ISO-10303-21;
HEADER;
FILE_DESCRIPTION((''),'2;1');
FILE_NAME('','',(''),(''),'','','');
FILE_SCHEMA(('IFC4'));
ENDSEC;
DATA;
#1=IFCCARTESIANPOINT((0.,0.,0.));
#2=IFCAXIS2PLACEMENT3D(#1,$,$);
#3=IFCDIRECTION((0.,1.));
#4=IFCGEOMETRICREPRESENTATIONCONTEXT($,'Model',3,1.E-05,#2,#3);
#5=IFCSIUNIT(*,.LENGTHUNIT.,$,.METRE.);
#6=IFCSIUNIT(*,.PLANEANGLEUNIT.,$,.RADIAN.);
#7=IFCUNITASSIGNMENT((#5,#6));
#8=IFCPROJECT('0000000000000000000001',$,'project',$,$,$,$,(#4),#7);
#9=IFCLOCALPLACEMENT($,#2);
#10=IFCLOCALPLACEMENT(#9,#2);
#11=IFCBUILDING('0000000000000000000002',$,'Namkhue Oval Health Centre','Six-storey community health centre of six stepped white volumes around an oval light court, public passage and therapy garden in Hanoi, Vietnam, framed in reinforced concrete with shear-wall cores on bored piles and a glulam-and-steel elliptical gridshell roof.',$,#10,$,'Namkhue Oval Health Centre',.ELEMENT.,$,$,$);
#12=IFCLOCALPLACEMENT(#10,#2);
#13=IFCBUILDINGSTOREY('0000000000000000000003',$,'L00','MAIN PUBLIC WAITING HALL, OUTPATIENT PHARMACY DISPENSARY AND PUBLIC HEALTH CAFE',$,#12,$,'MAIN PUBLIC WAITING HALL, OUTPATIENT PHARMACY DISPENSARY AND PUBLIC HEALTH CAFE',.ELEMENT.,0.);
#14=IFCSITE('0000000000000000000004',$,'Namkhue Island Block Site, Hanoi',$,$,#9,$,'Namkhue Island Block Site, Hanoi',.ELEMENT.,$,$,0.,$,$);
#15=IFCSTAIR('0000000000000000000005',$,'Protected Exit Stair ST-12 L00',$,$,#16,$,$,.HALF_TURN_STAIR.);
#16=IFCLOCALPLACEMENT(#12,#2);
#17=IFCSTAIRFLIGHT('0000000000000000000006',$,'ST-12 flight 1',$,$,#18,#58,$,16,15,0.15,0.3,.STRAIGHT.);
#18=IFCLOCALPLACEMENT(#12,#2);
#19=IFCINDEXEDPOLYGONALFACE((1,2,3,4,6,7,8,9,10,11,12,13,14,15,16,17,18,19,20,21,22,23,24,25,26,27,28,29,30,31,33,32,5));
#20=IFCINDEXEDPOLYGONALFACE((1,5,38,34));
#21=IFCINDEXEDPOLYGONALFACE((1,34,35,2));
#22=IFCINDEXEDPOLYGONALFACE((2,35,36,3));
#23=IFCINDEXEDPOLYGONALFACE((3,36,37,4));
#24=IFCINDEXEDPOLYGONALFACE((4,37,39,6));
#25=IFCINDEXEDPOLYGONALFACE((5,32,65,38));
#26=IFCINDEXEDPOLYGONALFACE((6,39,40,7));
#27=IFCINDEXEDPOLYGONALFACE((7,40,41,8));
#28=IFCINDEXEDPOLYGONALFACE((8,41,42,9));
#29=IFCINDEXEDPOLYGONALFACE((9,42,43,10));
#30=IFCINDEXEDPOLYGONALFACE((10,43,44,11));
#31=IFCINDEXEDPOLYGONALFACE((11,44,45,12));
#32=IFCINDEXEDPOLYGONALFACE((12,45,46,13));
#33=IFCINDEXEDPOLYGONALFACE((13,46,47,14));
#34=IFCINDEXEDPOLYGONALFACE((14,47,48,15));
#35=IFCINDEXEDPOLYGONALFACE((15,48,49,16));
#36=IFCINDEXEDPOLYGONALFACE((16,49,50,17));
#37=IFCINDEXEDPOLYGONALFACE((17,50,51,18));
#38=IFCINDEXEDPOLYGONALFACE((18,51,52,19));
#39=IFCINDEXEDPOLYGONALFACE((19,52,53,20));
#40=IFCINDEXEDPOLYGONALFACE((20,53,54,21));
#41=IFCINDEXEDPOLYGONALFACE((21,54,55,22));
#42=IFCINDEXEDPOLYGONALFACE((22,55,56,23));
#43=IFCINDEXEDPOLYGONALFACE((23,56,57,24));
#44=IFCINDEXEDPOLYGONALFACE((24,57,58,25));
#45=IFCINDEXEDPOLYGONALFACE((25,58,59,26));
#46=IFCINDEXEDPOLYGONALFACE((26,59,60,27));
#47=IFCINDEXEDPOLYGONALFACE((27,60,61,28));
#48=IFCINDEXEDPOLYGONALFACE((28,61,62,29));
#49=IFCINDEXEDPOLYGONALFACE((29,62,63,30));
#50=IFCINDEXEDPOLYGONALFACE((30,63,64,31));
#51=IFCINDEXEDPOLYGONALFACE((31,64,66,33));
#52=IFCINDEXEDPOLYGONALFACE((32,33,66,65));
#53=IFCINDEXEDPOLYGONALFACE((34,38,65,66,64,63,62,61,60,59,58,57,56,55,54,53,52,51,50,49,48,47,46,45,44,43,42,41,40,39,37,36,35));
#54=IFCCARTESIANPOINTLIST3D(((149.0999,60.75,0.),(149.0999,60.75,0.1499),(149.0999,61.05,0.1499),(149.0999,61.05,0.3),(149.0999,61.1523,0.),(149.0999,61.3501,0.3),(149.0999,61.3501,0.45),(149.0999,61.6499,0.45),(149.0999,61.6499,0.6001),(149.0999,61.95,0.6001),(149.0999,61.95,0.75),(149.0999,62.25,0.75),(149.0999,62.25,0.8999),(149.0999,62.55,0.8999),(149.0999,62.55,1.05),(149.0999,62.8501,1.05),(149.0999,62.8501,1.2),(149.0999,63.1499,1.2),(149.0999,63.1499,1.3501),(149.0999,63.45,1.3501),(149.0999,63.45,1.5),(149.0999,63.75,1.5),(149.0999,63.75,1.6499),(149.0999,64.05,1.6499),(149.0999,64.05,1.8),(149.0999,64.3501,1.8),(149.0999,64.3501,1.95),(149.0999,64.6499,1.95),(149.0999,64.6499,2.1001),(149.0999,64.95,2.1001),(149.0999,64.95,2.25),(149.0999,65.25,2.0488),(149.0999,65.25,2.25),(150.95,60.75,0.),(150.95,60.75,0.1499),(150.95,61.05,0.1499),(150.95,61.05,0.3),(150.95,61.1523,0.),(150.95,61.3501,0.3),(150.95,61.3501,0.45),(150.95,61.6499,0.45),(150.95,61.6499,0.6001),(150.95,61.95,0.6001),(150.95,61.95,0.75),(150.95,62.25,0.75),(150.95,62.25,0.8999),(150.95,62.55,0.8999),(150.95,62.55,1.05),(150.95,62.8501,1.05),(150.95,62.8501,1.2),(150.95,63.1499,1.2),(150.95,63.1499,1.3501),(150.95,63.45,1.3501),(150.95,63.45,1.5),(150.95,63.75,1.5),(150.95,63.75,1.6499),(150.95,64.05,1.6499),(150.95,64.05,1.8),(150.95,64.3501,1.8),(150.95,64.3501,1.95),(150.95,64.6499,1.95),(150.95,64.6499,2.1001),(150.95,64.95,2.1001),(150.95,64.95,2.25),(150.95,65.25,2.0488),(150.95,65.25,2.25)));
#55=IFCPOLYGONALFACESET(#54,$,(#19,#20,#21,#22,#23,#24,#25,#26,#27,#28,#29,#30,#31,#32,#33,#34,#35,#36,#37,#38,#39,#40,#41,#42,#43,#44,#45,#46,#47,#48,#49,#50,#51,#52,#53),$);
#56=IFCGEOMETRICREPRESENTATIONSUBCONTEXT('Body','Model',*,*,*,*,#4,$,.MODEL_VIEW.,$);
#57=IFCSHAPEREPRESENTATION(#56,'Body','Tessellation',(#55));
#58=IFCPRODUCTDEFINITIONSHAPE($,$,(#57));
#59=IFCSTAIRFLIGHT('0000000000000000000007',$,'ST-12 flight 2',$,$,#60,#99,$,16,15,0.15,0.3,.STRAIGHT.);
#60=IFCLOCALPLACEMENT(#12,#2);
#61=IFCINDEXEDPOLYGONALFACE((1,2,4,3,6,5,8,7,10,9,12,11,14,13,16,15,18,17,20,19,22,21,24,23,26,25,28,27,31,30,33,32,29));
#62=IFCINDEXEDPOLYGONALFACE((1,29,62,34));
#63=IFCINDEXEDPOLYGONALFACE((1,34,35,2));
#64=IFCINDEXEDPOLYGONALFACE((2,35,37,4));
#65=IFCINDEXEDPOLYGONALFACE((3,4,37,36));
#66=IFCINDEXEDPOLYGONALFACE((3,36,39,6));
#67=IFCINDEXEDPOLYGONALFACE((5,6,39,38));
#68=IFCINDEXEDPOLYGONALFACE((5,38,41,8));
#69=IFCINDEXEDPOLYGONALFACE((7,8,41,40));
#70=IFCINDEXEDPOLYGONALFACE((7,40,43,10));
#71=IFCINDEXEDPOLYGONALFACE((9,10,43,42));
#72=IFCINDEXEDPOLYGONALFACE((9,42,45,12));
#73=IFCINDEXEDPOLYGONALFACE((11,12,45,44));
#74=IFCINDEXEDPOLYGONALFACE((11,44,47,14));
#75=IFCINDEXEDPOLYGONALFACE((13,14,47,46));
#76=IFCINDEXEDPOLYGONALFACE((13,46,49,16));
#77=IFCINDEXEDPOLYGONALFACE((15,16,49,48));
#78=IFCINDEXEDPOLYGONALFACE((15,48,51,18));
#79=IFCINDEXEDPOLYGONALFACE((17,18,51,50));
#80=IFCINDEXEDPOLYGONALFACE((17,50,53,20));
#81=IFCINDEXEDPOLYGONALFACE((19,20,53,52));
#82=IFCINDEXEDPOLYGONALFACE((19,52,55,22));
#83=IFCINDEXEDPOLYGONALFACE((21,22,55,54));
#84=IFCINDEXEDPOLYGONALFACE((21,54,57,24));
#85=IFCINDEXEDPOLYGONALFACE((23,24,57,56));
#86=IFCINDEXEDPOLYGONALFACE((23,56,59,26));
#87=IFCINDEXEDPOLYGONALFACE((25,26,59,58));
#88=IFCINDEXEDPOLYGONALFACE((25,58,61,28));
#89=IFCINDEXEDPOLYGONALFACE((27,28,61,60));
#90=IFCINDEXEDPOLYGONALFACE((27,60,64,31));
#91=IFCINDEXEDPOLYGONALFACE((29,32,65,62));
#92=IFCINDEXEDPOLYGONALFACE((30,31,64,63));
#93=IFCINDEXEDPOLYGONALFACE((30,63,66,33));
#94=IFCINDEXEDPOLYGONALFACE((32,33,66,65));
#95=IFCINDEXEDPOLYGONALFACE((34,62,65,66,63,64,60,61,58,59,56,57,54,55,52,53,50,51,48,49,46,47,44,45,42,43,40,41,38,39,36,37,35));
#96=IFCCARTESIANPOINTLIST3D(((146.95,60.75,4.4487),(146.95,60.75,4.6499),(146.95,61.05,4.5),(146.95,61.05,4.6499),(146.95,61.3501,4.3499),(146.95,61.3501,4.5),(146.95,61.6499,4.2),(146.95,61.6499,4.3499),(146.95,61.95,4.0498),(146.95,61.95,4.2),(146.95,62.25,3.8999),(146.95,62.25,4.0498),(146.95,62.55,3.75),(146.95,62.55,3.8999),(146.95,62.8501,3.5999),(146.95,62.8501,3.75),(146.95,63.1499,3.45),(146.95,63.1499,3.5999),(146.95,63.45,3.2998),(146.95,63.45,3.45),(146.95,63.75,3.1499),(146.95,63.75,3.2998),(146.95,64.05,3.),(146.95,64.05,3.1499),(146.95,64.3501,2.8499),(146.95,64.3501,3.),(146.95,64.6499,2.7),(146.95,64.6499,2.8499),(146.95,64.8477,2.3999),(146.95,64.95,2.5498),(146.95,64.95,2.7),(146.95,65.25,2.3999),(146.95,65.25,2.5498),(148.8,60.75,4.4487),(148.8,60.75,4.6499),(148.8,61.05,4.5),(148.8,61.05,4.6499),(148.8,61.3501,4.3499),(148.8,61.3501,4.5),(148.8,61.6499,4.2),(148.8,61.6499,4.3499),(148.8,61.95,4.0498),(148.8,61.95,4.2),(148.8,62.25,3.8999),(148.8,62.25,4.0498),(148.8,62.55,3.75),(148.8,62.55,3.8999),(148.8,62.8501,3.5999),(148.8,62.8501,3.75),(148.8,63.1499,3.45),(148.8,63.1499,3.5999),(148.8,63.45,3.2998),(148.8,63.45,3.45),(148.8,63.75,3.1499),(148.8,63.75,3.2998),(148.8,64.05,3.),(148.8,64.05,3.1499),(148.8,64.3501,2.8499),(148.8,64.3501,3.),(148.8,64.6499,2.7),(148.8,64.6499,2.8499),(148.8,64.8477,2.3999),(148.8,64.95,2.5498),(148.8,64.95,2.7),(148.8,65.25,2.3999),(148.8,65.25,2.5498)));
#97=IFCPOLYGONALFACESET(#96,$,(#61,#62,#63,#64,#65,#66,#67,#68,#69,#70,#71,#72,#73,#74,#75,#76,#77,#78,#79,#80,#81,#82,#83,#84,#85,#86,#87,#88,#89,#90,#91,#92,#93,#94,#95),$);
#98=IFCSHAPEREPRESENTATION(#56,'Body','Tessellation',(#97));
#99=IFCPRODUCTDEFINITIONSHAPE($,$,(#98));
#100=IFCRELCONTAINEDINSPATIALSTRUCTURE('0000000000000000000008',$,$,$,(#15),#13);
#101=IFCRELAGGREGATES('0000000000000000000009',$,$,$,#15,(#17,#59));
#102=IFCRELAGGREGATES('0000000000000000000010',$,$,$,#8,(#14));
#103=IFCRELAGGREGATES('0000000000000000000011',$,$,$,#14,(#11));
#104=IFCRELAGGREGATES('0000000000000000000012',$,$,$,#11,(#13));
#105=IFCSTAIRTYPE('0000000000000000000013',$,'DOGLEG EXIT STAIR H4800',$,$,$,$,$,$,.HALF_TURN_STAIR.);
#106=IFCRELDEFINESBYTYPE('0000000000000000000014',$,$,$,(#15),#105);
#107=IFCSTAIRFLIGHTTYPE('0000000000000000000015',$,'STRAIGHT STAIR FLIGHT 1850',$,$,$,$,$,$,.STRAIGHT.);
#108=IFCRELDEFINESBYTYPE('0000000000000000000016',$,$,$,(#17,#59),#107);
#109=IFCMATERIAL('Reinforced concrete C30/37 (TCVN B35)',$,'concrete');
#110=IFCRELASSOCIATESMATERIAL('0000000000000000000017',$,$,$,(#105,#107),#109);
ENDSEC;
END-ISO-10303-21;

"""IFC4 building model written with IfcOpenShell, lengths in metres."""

from ifc_helpers import new_model, si_unit, direction, frame, origin, place, context, subcontext, project, spatial, polyline, outline, extrude, material, type_object, element, aggregate, save


model = new_model("IFC4")

# Units and contexts
model_context = context("Model", 3, precision=1e-05, world=origin(), true_north=direction((0.0, 1.0)))
body_context = subcontext(model_context, "Body", "Model", "MODEL_VIEW")
ifc_project = project(units=[si_unit("LENGTHUNIT", "METRE"), si_unit("PLANEANGLEUNIT", "RADIAN")], contexts=[model_context])

# Site, building, storey
site_placement = place(None, origin())
site = spatial("IfcSite", under=ifc_project, at=site_placement, Name="Namkhue Island Block Site, Hanoi", LongName="Namkhue Island Block Site, Hanoi", CompositionType="ELEMENT", RefElevation=0.0)
building_placement = place(site_placement, origin())
building = spatial("IfcBuilding", under=site, at=building_placement, Name="Namkhue Oval Health Centre", Description="Six-storey community health centre of six stepped white volumes around an oval light court, public passage and therapy garden in Hanoi, Vietnam, framed in reinforced concrete with shear-wall cores on bored piles and a glulam-and-steel elliptical gridshell roof.", LongName="Namkhue Oval Health Centre", CompositionType="ELEMENT")
storey_placement = place(building_placement, origin())
storey = spatial("IfcBuildingStorey", under=building, at=storey_placement, Name="L00", Description="MAIN PUBLIC WAITING HALL, OUTPATIENT PHARMACY DISPENSARY AND PUBLIC HEALTH CAFE", LongName="MAIN PUBLIC WAITING HALL, OUTPATIENT PHARMACY DISPENSARY AND PUBLIC HEALTH CAFE", CompositionType="ELEMENT", Elevation=0.0)

# Shared definitions
ifc_material_1 = material(Name="Reinforced concrete C30/37 (TCVN B35)", Category="concrete")

# Stair, stair flights
stair_type = type_object("IfcStairType", Name="DOGLEG EXIT STAIR H4800", PredefinedType="HALF_TURN_STAIR", material=ifc_material_1)
stair_placement = place(storey_placement, origin())
stair = element("IfcStair", 1, at=stair_placement, inside=storey, type_object=stair_type, Name="Protected Exit Stair ST-12 L00", PredefinedType="HALF_TURN_STAIR")
stair_flight_type = type_object("IfcStairFlightType", Name="STRAIGHT STAIR FLIGHT 1850", PredefinedType="STRAIGHT", material=ifc_material_1)
stair_flight_1_placement = place(storey_placement, frame((150.0249, 60.75, 0.0), z_axis=(0.0, 0.0, 1.0), x_axis=(0.0, 1.0, 0.0)))
stair_flight_1 = element("IfcStairFlight", 2, at=stair_flight_1_placement, type_object=stair_flight_type, Name="ST-12 flight 1", NumberOfRisers=16, NumberOfTreads=15, PredefinedType="STRAIGHT", RiserHeight=0.15, TreadLength=0.3, context=body_context, shape_type="SweptSolid", body=[
    extrude(outline(polyline([(0.0, 0.0), (0.0, 0.1499), (0.3, 0.1499), (0.3, 0.3), (0.6001, 0.3), (0.6001, 0.45), (0.8999, 0.45), (0.8999, 0.6001), (1.2, 0.6001), (1.2, 0.75), (1.5, 0.75), (1.5, 0.8999), (1.8, 0.8999), (1.8, 1.05), (2.1001, 1.05), (2.1001, 1.2), (2.3999, 1.2), (2.3999, 1.3501), (2.7, 1.3501), (2.7, 1.5), (3.0, 1.5), (3.0, 1.6499), (3.3, 1.6499), (3.3, 1.8), (3.6001, 1.8), (3.6001, 1.95), (3.8999, 1.95), (3.8999, 2.1001), (4.2, 2.1001), (4.2, 2.25), (4.5, 2.25), (4.5, 2.3999), (4.5, 2.0488), (0.4023, 0.0), (0.0, 0.0)])), frame((0.0, 0.925, 0.0), z_axis=(0.0, -1.0, 0.0), x_axis=(1.0, 0.0, 0.0)), (0.0, 0.0, 1.0), 1.8501),
])
stair_flight_2_placement = place(storey_placement, frame((147.875, 65.25, 2.3999), z_axis=(0.0, 0.0, 1.0), x_axis=(0.0, -1.0, 0.0)))
stair_flight_2 = element("IfcStairFlight", 3, at=stair_flight_2_placement, type_object=stair_flight_type, Name="ST-12 flight 2", NumberOfRisers=16, NumberOfTreads=15, PredefinedType="STRAIGHT", RiserHeight=0.15, TreadLength=0.3, context=body_context, shape_type="SweptSolid", body=[
    extrude(outline(polyline([(0.0, 0.0), (0.0, 0.1499), (0.3, 0.1499), (0.3, 0.3), (0.6001, 0.3), (0.6001, 0.45), (0.8999, 0.45), (0.8999, 0.6001), (1.2, 0.6001), (1.2, 0.75), (1.5, 0.75), (1.5, 0.8999), (1.8, 0.8999), (1.8, 1.05), (2.1001, 1.05), (2.1001, 1.2), (2.3999, 1.2), (2.3999, 1.3501), (2.7, 1.3501), (2.7, 1.5), (3.0, 1.5), (3.0, 1.6499), (3.3, 1.6499), (3.3, 1.8), (3.6001, 1.8), (3.6001, 1.95), (3.8999, 1.95), (3.8999, 2.1001), (4.2, 2.1001), (4.2, 2.25), (4.5, 2.25), (4.5, 2.3999), (4.5, 2.0488), (0.4023, 0.0), (0.0, 0.0)])), frame((0.0, 0.925, 0.0), z_axis=(0.0, -1.0, 0.0), x_axis=(1.0, 0.0, 0.0)), (0.0, 0.0, 1.0), 1.8501),
])
aggregate(stair, [stair_flight_1, stair_flight_2])

save(model, "model.ifc")
